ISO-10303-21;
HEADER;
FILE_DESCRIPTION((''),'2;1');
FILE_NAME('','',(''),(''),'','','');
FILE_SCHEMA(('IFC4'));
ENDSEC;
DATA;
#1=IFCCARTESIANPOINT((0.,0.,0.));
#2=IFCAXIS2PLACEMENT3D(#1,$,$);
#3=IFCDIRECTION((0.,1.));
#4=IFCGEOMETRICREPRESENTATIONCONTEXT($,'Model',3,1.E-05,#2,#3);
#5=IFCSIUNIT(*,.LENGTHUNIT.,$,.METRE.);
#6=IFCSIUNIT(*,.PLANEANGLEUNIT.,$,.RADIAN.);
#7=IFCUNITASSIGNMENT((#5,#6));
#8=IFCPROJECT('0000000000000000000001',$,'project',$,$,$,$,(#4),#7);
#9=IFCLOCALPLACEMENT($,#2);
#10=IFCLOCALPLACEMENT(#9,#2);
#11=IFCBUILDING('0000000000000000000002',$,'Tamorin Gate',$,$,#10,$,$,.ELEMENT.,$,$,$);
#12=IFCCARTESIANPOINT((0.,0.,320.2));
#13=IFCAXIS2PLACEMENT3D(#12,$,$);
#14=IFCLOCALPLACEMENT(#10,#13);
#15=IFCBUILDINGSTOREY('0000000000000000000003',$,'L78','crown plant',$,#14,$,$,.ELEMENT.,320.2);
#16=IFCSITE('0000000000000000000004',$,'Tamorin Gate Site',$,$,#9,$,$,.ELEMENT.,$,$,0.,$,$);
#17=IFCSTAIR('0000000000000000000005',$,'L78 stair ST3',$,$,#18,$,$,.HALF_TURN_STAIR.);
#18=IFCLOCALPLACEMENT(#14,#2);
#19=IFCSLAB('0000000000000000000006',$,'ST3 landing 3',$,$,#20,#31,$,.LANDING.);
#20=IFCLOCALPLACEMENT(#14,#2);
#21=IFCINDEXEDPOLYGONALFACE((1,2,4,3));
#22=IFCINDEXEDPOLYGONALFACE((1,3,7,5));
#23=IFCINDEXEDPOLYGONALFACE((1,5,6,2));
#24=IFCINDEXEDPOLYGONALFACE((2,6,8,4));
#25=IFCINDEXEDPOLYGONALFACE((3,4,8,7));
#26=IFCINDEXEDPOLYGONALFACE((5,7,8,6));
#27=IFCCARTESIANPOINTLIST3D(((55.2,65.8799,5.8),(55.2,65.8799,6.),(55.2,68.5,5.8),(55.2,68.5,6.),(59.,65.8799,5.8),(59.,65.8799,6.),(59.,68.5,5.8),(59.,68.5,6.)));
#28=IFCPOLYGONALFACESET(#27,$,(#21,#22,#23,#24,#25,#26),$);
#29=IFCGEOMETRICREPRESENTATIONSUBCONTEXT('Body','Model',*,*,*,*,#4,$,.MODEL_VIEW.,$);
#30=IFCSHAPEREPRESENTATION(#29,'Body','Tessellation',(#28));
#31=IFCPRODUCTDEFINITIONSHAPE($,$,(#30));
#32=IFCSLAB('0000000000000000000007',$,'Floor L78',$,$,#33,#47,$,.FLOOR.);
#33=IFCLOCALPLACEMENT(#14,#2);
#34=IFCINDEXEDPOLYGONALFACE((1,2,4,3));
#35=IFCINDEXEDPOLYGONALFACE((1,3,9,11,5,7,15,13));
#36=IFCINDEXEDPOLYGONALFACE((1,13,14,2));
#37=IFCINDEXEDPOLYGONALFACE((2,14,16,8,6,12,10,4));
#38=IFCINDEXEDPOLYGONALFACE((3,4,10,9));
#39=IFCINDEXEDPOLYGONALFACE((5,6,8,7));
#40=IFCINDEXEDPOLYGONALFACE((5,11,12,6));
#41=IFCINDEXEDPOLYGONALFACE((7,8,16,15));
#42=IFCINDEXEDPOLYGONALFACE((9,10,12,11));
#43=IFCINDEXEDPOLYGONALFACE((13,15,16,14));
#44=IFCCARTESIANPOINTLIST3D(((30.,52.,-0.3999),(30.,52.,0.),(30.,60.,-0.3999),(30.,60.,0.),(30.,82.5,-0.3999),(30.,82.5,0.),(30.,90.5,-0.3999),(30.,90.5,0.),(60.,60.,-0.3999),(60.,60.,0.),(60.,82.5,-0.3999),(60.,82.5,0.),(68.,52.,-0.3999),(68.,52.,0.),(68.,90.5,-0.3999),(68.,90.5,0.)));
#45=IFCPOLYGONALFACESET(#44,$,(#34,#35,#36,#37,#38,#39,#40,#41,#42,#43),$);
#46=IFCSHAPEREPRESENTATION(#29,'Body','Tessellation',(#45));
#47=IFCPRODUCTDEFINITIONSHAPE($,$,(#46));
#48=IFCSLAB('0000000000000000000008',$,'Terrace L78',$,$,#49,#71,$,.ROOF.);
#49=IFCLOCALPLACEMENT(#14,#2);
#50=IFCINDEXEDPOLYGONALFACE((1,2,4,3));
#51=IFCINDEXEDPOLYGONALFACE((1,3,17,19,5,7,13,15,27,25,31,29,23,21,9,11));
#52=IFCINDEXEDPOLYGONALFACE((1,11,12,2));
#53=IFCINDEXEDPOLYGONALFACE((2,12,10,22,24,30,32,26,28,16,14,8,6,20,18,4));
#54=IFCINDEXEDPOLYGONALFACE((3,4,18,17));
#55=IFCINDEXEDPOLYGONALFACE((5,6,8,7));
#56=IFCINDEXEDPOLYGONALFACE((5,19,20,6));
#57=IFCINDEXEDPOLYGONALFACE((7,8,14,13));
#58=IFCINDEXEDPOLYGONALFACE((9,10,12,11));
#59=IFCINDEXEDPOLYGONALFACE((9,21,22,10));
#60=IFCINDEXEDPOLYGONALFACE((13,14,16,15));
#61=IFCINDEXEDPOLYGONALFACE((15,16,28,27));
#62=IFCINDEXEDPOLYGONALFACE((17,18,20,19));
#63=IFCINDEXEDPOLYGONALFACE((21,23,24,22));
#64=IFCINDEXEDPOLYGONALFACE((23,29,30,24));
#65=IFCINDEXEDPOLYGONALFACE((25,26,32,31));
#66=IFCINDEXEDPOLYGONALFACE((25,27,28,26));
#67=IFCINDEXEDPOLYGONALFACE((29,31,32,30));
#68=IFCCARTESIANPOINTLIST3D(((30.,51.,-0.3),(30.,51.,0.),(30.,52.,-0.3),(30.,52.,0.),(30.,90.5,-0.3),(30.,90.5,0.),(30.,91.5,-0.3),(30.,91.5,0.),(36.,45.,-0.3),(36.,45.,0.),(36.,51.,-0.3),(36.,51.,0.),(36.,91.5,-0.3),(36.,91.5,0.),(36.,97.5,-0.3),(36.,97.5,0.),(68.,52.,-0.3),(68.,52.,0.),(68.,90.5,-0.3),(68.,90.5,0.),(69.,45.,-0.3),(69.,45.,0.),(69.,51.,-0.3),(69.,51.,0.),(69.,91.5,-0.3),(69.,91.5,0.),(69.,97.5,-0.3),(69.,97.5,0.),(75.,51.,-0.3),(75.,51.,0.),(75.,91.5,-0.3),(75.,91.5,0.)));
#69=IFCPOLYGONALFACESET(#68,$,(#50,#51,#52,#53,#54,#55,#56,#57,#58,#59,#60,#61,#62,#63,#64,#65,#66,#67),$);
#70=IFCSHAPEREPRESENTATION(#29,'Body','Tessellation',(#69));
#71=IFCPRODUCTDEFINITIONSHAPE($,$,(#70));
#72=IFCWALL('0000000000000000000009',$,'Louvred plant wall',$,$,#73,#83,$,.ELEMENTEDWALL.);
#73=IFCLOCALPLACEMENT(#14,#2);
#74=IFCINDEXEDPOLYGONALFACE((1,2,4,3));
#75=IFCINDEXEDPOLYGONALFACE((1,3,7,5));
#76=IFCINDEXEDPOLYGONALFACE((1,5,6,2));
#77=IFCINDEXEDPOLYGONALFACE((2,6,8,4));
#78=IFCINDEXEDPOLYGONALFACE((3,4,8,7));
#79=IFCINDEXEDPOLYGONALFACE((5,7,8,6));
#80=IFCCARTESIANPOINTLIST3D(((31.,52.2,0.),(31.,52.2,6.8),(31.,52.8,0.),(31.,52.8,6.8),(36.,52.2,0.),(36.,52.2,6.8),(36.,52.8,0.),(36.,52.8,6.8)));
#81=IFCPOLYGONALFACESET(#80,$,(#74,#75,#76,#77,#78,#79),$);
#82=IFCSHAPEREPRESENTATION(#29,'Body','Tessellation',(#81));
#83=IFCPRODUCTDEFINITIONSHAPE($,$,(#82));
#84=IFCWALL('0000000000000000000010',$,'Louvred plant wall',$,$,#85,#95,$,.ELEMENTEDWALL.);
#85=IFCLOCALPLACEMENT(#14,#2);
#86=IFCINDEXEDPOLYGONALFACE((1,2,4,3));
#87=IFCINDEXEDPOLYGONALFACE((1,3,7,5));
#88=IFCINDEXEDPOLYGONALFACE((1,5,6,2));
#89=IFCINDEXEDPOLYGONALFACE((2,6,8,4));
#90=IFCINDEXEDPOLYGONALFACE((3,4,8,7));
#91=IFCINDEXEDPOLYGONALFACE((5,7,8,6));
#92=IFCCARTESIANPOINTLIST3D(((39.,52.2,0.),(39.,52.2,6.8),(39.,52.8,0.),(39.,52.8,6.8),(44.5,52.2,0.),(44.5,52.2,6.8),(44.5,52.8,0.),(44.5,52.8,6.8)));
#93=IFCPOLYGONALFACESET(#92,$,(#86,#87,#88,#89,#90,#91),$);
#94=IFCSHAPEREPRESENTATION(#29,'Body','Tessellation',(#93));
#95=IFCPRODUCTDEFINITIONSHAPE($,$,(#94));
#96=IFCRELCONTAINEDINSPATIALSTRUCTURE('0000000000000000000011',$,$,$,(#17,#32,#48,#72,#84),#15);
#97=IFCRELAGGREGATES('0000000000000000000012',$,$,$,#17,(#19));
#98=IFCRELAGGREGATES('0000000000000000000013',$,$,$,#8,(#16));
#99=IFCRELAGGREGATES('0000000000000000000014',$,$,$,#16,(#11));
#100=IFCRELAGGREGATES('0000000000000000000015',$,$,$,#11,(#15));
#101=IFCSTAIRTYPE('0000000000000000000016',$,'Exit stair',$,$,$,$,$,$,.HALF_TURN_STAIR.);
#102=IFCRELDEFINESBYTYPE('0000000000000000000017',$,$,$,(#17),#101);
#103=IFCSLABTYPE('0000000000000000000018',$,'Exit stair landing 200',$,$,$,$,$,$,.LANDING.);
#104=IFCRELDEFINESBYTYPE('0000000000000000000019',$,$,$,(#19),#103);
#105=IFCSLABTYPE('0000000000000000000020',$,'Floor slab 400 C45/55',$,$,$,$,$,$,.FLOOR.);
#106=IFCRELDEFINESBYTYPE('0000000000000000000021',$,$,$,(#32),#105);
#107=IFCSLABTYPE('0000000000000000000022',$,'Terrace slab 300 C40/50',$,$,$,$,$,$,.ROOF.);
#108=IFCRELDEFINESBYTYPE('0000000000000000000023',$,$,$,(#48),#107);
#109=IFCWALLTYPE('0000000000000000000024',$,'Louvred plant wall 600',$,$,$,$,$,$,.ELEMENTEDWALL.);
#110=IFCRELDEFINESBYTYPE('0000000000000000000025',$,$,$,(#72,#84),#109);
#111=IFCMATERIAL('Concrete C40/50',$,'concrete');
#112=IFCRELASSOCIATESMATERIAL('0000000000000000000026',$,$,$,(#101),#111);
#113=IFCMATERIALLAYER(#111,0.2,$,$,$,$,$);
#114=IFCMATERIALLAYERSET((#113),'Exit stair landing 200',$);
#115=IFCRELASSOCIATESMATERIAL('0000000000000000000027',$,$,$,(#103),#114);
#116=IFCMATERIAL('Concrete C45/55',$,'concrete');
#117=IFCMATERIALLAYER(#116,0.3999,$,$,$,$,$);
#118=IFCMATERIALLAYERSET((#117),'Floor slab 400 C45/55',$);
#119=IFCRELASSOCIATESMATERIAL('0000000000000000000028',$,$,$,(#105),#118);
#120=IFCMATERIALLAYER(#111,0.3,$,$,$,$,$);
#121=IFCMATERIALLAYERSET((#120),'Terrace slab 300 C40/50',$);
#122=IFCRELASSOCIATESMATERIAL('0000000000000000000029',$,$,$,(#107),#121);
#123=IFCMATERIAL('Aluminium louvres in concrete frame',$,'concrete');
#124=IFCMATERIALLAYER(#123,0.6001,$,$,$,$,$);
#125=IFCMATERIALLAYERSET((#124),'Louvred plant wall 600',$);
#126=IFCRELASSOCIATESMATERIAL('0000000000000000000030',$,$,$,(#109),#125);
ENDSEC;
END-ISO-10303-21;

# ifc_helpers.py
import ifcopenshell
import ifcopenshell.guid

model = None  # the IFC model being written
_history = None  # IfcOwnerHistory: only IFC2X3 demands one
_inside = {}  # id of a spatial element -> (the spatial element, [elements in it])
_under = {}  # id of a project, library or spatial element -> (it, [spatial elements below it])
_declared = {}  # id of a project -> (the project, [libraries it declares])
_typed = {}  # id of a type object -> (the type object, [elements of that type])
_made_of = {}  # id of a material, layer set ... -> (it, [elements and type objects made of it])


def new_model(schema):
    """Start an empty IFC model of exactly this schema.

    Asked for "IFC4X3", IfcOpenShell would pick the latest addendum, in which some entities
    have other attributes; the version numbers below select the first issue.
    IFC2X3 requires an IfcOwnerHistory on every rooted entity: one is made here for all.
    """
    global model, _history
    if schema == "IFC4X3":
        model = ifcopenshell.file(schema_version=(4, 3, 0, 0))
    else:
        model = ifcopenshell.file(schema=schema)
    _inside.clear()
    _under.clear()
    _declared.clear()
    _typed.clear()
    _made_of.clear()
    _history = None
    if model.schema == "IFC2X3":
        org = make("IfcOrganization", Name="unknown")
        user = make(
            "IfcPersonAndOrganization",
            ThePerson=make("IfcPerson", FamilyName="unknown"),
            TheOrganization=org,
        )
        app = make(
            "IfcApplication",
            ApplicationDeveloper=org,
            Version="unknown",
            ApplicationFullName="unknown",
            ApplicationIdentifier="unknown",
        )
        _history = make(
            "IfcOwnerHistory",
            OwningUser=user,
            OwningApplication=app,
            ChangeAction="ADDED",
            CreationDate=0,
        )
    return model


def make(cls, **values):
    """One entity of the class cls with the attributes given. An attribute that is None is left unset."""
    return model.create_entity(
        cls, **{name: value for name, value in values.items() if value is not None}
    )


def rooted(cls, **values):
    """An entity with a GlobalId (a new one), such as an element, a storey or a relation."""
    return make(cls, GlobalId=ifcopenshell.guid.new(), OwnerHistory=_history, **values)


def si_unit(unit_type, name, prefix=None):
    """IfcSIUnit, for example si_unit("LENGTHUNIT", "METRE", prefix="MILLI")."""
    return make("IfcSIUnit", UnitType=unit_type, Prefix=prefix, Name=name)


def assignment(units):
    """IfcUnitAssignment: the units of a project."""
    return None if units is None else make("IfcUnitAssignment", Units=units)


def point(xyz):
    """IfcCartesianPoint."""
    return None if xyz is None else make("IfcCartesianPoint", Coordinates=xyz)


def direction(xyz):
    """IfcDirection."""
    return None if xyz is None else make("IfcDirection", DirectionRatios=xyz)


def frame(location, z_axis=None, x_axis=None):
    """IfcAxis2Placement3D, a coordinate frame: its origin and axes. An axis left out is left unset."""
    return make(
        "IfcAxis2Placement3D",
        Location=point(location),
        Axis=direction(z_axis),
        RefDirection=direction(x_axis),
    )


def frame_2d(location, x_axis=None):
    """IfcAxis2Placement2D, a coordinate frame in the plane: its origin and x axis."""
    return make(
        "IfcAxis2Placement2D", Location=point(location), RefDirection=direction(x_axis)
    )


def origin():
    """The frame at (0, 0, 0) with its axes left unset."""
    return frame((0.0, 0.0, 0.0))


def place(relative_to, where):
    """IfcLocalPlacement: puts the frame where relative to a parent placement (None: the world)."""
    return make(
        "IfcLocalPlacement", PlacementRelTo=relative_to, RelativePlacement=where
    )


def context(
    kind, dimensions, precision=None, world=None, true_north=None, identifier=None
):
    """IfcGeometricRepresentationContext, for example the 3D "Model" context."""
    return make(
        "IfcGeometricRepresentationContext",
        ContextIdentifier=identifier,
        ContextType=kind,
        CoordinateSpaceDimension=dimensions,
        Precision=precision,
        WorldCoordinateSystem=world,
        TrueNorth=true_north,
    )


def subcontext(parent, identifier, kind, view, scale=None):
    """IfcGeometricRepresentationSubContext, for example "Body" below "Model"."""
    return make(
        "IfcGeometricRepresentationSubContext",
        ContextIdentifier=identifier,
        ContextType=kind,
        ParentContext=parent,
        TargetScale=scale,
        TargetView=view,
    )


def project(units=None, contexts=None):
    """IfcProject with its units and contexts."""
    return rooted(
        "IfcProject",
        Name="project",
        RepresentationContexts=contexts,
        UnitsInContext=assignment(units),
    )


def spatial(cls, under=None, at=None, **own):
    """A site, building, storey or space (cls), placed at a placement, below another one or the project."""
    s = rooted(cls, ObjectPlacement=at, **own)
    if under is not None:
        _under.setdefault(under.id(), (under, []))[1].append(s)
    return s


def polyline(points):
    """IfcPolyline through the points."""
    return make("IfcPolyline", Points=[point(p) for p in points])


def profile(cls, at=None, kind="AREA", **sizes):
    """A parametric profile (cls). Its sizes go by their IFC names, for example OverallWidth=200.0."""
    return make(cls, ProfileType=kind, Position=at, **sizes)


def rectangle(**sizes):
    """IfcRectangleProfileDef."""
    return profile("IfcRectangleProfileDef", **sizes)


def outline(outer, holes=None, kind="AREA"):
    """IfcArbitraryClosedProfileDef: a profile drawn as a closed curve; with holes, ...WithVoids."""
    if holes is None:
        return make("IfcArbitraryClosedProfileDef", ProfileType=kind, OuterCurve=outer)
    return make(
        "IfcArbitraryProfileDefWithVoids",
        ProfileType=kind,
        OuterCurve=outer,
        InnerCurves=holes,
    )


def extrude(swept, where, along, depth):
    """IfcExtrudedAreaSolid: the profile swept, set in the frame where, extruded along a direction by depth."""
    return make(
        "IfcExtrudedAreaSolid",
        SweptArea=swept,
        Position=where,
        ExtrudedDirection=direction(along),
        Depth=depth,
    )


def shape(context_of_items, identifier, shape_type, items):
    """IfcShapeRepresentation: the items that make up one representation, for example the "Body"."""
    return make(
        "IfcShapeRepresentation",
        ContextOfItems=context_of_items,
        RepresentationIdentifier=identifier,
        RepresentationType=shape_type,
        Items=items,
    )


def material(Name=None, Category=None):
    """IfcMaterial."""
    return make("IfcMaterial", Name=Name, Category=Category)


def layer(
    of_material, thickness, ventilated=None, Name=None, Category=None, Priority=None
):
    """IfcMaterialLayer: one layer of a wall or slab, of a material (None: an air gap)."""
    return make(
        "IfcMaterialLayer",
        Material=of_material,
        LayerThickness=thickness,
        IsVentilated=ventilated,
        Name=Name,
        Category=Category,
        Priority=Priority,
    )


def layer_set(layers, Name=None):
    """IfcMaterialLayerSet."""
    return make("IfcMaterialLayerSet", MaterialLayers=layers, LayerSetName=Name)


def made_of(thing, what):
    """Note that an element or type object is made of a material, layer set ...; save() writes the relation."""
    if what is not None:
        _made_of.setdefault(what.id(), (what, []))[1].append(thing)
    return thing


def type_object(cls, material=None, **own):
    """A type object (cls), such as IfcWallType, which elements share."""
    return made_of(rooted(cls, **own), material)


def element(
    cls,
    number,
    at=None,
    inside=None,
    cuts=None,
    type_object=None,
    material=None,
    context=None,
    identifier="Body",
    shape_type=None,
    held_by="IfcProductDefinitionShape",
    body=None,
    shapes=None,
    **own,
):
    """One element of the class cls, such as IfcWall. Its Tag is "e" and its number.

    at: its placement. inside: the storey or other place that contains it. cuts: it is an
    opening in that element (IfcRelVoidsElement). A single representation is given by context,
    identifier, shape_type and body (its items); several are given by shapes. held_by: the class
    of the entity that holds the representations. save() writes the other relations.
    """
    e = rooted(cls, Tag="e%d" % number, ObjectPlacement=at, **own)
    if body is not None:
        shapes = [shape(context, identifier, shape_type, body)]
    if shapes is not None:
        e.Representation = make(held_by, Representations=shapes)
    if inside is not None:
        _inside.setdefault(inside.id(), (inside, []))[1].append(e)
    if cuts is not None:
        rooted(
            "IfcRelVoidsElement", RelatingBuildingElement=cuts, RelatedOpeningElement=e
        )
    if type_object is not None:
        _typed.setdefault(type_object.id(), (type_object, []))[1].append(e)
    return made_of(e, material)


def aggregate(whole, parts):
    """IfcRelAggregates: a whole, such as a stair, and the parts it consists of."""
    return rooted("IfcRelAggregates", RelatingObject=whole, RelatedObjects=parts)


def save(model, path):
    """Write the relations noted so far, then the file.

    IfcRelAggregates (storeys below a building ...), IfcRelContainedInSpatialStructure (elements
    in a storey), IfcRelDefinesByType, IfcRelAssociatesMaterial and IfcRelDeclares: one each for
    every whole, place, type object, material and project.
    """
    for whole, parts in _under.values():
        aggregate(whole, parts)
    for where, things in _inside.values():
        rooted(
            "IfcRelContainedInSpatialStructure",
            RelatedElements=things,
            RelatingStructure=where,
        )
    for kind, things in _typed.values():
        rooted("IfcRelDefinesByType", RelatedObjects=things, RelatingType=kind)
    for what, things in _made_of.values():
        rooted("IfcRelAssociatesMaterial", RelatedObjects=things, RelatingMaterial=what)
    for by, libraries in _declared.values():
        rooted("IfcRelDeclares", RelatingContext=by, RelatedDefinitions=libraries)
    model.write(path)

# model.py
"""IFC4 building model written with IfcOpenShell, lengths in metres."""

from ifc_helpers import new_model, si_unit, direction, frame, frame_2d, origin, place, context, subcontext, project, spatial, polyline, rectangle, outline, extrude, material, layer, layer_set, type_object, element, aggregate, save


model = new_model("IFC4")

# Units and contexts
model_context = context("Model", 3, precision=1e-05, world=origin(), true_north=direction((0.0, 1.0)))
body_context = subcontext(model_context, "Body", "Model", "MODEL_VIEW")
ifc_project = project(units=[si_unit("LENGTHUNIT", "METRE"), si_unit("PLANEANGLEUNIT", "RADIAN")], contexts=[model_context])

# Site, building, storey
site_placement = place(None, origin())
site = spatial("IfcSite", under=ifc_project, at=site_placement, Name="Tamorin Gate Site", CompositionType="ELEMENT", RefElevation=0.0)
building_placement = place(site_placement, origin())
building = spatial("IfcBuilding", under=site, at=building_placement, Name="Tamorin Gate", CompositionType="ELEMENT")
storey_placement = place(building_placement, frame((0.0, 0.0, 320.2)))
storey = spatial("IfcBuildingStorey", under=building, at=storey_placement, Name="L78", Description="crown plant", CompositionType="ELEMENT", Elevation=320.2)

# Shared definitions
ifc_material_1 = material(Name="Concrete C40/50", Category="concrete")

# Stair, slab
stair_type = type_object("IfcStairType", Name="Exit stair", PredefinedType="HALF_TURN_STAIR", material=ifc_material_1)
ifc_layer_1 = layer(ifc_material_1, 0.2)
ifc_layer_set_1 = layer_set([ifc_layer_1], Name="Exit stair landing 200")
slab_type_1 = type_object("IfcSlabType", Name="Exit stair landing 200", PredefinedType="LANDING", material=ifc_layer_set_1)
stair_1_placement = place(storey_placement, origin())
stair_1 = element("IfcStair", 1, at=stair_1_placement, inside=storey, type_object=stair_type, Name="L78 stair ST3", PredefinedType="HALF_TURN_STAIR")
slab_1_placement = place(storey_placement, frame((0.0, 0.0, 5.8)))
slab_1 = element("IfcSlab", 2, at=slab_1_placement, type_object=slab_type_1, Name="ST3 landing 3", PredefinedType="LANDING", context=body_context, shape_type="SweptSolid", body=[
    extrude(outline(polyline([(59.0, 65.8799), (59.0, 68.5), (55.2, 68.5), (55.2, 65.8799), (59.0, 65.8799)])), origin(), (0.0, 0.0, 1.0), 0.2),
])
aggregate(stair_1, [slab_1])

# Slabs
ifc_material_2 = material(Name="Concrete C45/55", Category="concrete")
ifc_layer_2 = layer(ifc_material_2, 0.3999)
ifc_layer_set_2 = layer_set([ifc_layer_2], Name="Floor slab 400 C45/55")
slab_type_2 = type_object("IfcSlabType", Name="Floor slab 400 C45/55", PredefinedType="FLOOR", material=ifc_layer_set_2)
slab_2_placement = place(storey_placement, frame((0.0, 0.0, -0.3999)))
element("IfcSlab", 3, at=slab_2_placement, inside=storey, type_object=slab_type_2, Name="Floor L78", PredefinedType="FLOOR", context=body_context, shape_type="SweptSolid", body=[
    extrude(outline(polyline([(30.0, 90.5), (68.0, 90.5), (68.0, 52.0), (30.0, 52.0), (30.0, 60.0), (60.0, 60.0), (60.0, 82.5), (30.0, 82.5), (30.0, 90.5)])), origin(), (0.0, 0.0, 1.0), 0.3999),
])
ifc_layer_3 = layer(ifc_material_1, 0.3)
ifc_layer_set_3 = layer_set([ifc_layer_3], Name="Terrace slab 300 C40/50")
slab_type_3 = type_object("IfcSlabType", Name="Terrace slab 300 C40/50", PredefinedType="ROOF", material=ifc_layer_set_3)
slab_3_placement = place(storey_placement, frame((0.0, 0.0, -0.3)))
element("IfcSlab", 4, at=slab_3_placement, inside=storey, type_object=slab_type_3, Name="Terrace L78", PredefinedType="ROOF", context=body_context, shape_type="SweptSolid", body=[
    extrude(outline(polyline([(30.0, 91.5), (36.0, 91.5), (36.0, 97.5), (69.0, 97.5), (69.0, 91.5), (75.0, 91.5), (75.0, 51.0), (69.0, 51.0), (69.0, 45.0), (36.0, 45.0), (36.0, 51.0), (30.0, 51.0), (30.0, 52.0), (68.0, 52.0), (68.0, 90.5), (30.0, 90.5), (30.0, 91.5)])), origin(), (0.0, 0.0, 1.0), 0.3),
])

# Walls
ifc_material_3 = material(Name="Aluminium louvres in concrete frame", Category="concrete")
ifc_layer_4 = layer(ifc_material_3, 0.6001)
ifc_layer_set_4 = layer_set([ifc_layer_4], Name="Louvred plant wall 600")
wall_type = type_object("IfcWallType", Name="Louvred plant wall 600", PredefinedType="ELEMENTEDWALL", material=ifc_layer_set_4)
wall_1_placement = place(storey_placement, frame((31.0, 52.5, 0.0), z_axis=(0.0, 0.0, 1.0), x_axis=(1.0, 0.0, 0.0)))
element("IfcWall", 5, at=wall_1_placement, inside=storey, type_object=wall_type, Name="Louvred plant wall", PredefinedType="ELEMENTEDWALL", context=body_context, shape_type="SweptSolid", body=[
    extrude(rectangle(XDim=5.0, YDim=0.6001, at=frame_2d((2.5, 0.0))), origin(), (0.0, 0.0, 1.0), 6.8),
])
wall_2_placement = place(storey_placement, frame((39.0, 52.5, 0.0), z_axis=(0.0, 0.0, 1.0), x_axis=(1.0, 0.0, 0.0)))
element("IfcWall", 6, at=wall_2_placement, inside=storey, type_object=wall_type, Name="Louvred plant wall", PredefinedType="ELEMENTEDWALL", context=body_context, shape_type="SweptSolid", body=[
    extrude(rectangle(XDim=5.5, YDim=0.6001, at=frame_2d((2.75, 0.0))), origin(), (0.0, 0.0, 1.0), 6.8),
])

save(model, "model.ifc")
